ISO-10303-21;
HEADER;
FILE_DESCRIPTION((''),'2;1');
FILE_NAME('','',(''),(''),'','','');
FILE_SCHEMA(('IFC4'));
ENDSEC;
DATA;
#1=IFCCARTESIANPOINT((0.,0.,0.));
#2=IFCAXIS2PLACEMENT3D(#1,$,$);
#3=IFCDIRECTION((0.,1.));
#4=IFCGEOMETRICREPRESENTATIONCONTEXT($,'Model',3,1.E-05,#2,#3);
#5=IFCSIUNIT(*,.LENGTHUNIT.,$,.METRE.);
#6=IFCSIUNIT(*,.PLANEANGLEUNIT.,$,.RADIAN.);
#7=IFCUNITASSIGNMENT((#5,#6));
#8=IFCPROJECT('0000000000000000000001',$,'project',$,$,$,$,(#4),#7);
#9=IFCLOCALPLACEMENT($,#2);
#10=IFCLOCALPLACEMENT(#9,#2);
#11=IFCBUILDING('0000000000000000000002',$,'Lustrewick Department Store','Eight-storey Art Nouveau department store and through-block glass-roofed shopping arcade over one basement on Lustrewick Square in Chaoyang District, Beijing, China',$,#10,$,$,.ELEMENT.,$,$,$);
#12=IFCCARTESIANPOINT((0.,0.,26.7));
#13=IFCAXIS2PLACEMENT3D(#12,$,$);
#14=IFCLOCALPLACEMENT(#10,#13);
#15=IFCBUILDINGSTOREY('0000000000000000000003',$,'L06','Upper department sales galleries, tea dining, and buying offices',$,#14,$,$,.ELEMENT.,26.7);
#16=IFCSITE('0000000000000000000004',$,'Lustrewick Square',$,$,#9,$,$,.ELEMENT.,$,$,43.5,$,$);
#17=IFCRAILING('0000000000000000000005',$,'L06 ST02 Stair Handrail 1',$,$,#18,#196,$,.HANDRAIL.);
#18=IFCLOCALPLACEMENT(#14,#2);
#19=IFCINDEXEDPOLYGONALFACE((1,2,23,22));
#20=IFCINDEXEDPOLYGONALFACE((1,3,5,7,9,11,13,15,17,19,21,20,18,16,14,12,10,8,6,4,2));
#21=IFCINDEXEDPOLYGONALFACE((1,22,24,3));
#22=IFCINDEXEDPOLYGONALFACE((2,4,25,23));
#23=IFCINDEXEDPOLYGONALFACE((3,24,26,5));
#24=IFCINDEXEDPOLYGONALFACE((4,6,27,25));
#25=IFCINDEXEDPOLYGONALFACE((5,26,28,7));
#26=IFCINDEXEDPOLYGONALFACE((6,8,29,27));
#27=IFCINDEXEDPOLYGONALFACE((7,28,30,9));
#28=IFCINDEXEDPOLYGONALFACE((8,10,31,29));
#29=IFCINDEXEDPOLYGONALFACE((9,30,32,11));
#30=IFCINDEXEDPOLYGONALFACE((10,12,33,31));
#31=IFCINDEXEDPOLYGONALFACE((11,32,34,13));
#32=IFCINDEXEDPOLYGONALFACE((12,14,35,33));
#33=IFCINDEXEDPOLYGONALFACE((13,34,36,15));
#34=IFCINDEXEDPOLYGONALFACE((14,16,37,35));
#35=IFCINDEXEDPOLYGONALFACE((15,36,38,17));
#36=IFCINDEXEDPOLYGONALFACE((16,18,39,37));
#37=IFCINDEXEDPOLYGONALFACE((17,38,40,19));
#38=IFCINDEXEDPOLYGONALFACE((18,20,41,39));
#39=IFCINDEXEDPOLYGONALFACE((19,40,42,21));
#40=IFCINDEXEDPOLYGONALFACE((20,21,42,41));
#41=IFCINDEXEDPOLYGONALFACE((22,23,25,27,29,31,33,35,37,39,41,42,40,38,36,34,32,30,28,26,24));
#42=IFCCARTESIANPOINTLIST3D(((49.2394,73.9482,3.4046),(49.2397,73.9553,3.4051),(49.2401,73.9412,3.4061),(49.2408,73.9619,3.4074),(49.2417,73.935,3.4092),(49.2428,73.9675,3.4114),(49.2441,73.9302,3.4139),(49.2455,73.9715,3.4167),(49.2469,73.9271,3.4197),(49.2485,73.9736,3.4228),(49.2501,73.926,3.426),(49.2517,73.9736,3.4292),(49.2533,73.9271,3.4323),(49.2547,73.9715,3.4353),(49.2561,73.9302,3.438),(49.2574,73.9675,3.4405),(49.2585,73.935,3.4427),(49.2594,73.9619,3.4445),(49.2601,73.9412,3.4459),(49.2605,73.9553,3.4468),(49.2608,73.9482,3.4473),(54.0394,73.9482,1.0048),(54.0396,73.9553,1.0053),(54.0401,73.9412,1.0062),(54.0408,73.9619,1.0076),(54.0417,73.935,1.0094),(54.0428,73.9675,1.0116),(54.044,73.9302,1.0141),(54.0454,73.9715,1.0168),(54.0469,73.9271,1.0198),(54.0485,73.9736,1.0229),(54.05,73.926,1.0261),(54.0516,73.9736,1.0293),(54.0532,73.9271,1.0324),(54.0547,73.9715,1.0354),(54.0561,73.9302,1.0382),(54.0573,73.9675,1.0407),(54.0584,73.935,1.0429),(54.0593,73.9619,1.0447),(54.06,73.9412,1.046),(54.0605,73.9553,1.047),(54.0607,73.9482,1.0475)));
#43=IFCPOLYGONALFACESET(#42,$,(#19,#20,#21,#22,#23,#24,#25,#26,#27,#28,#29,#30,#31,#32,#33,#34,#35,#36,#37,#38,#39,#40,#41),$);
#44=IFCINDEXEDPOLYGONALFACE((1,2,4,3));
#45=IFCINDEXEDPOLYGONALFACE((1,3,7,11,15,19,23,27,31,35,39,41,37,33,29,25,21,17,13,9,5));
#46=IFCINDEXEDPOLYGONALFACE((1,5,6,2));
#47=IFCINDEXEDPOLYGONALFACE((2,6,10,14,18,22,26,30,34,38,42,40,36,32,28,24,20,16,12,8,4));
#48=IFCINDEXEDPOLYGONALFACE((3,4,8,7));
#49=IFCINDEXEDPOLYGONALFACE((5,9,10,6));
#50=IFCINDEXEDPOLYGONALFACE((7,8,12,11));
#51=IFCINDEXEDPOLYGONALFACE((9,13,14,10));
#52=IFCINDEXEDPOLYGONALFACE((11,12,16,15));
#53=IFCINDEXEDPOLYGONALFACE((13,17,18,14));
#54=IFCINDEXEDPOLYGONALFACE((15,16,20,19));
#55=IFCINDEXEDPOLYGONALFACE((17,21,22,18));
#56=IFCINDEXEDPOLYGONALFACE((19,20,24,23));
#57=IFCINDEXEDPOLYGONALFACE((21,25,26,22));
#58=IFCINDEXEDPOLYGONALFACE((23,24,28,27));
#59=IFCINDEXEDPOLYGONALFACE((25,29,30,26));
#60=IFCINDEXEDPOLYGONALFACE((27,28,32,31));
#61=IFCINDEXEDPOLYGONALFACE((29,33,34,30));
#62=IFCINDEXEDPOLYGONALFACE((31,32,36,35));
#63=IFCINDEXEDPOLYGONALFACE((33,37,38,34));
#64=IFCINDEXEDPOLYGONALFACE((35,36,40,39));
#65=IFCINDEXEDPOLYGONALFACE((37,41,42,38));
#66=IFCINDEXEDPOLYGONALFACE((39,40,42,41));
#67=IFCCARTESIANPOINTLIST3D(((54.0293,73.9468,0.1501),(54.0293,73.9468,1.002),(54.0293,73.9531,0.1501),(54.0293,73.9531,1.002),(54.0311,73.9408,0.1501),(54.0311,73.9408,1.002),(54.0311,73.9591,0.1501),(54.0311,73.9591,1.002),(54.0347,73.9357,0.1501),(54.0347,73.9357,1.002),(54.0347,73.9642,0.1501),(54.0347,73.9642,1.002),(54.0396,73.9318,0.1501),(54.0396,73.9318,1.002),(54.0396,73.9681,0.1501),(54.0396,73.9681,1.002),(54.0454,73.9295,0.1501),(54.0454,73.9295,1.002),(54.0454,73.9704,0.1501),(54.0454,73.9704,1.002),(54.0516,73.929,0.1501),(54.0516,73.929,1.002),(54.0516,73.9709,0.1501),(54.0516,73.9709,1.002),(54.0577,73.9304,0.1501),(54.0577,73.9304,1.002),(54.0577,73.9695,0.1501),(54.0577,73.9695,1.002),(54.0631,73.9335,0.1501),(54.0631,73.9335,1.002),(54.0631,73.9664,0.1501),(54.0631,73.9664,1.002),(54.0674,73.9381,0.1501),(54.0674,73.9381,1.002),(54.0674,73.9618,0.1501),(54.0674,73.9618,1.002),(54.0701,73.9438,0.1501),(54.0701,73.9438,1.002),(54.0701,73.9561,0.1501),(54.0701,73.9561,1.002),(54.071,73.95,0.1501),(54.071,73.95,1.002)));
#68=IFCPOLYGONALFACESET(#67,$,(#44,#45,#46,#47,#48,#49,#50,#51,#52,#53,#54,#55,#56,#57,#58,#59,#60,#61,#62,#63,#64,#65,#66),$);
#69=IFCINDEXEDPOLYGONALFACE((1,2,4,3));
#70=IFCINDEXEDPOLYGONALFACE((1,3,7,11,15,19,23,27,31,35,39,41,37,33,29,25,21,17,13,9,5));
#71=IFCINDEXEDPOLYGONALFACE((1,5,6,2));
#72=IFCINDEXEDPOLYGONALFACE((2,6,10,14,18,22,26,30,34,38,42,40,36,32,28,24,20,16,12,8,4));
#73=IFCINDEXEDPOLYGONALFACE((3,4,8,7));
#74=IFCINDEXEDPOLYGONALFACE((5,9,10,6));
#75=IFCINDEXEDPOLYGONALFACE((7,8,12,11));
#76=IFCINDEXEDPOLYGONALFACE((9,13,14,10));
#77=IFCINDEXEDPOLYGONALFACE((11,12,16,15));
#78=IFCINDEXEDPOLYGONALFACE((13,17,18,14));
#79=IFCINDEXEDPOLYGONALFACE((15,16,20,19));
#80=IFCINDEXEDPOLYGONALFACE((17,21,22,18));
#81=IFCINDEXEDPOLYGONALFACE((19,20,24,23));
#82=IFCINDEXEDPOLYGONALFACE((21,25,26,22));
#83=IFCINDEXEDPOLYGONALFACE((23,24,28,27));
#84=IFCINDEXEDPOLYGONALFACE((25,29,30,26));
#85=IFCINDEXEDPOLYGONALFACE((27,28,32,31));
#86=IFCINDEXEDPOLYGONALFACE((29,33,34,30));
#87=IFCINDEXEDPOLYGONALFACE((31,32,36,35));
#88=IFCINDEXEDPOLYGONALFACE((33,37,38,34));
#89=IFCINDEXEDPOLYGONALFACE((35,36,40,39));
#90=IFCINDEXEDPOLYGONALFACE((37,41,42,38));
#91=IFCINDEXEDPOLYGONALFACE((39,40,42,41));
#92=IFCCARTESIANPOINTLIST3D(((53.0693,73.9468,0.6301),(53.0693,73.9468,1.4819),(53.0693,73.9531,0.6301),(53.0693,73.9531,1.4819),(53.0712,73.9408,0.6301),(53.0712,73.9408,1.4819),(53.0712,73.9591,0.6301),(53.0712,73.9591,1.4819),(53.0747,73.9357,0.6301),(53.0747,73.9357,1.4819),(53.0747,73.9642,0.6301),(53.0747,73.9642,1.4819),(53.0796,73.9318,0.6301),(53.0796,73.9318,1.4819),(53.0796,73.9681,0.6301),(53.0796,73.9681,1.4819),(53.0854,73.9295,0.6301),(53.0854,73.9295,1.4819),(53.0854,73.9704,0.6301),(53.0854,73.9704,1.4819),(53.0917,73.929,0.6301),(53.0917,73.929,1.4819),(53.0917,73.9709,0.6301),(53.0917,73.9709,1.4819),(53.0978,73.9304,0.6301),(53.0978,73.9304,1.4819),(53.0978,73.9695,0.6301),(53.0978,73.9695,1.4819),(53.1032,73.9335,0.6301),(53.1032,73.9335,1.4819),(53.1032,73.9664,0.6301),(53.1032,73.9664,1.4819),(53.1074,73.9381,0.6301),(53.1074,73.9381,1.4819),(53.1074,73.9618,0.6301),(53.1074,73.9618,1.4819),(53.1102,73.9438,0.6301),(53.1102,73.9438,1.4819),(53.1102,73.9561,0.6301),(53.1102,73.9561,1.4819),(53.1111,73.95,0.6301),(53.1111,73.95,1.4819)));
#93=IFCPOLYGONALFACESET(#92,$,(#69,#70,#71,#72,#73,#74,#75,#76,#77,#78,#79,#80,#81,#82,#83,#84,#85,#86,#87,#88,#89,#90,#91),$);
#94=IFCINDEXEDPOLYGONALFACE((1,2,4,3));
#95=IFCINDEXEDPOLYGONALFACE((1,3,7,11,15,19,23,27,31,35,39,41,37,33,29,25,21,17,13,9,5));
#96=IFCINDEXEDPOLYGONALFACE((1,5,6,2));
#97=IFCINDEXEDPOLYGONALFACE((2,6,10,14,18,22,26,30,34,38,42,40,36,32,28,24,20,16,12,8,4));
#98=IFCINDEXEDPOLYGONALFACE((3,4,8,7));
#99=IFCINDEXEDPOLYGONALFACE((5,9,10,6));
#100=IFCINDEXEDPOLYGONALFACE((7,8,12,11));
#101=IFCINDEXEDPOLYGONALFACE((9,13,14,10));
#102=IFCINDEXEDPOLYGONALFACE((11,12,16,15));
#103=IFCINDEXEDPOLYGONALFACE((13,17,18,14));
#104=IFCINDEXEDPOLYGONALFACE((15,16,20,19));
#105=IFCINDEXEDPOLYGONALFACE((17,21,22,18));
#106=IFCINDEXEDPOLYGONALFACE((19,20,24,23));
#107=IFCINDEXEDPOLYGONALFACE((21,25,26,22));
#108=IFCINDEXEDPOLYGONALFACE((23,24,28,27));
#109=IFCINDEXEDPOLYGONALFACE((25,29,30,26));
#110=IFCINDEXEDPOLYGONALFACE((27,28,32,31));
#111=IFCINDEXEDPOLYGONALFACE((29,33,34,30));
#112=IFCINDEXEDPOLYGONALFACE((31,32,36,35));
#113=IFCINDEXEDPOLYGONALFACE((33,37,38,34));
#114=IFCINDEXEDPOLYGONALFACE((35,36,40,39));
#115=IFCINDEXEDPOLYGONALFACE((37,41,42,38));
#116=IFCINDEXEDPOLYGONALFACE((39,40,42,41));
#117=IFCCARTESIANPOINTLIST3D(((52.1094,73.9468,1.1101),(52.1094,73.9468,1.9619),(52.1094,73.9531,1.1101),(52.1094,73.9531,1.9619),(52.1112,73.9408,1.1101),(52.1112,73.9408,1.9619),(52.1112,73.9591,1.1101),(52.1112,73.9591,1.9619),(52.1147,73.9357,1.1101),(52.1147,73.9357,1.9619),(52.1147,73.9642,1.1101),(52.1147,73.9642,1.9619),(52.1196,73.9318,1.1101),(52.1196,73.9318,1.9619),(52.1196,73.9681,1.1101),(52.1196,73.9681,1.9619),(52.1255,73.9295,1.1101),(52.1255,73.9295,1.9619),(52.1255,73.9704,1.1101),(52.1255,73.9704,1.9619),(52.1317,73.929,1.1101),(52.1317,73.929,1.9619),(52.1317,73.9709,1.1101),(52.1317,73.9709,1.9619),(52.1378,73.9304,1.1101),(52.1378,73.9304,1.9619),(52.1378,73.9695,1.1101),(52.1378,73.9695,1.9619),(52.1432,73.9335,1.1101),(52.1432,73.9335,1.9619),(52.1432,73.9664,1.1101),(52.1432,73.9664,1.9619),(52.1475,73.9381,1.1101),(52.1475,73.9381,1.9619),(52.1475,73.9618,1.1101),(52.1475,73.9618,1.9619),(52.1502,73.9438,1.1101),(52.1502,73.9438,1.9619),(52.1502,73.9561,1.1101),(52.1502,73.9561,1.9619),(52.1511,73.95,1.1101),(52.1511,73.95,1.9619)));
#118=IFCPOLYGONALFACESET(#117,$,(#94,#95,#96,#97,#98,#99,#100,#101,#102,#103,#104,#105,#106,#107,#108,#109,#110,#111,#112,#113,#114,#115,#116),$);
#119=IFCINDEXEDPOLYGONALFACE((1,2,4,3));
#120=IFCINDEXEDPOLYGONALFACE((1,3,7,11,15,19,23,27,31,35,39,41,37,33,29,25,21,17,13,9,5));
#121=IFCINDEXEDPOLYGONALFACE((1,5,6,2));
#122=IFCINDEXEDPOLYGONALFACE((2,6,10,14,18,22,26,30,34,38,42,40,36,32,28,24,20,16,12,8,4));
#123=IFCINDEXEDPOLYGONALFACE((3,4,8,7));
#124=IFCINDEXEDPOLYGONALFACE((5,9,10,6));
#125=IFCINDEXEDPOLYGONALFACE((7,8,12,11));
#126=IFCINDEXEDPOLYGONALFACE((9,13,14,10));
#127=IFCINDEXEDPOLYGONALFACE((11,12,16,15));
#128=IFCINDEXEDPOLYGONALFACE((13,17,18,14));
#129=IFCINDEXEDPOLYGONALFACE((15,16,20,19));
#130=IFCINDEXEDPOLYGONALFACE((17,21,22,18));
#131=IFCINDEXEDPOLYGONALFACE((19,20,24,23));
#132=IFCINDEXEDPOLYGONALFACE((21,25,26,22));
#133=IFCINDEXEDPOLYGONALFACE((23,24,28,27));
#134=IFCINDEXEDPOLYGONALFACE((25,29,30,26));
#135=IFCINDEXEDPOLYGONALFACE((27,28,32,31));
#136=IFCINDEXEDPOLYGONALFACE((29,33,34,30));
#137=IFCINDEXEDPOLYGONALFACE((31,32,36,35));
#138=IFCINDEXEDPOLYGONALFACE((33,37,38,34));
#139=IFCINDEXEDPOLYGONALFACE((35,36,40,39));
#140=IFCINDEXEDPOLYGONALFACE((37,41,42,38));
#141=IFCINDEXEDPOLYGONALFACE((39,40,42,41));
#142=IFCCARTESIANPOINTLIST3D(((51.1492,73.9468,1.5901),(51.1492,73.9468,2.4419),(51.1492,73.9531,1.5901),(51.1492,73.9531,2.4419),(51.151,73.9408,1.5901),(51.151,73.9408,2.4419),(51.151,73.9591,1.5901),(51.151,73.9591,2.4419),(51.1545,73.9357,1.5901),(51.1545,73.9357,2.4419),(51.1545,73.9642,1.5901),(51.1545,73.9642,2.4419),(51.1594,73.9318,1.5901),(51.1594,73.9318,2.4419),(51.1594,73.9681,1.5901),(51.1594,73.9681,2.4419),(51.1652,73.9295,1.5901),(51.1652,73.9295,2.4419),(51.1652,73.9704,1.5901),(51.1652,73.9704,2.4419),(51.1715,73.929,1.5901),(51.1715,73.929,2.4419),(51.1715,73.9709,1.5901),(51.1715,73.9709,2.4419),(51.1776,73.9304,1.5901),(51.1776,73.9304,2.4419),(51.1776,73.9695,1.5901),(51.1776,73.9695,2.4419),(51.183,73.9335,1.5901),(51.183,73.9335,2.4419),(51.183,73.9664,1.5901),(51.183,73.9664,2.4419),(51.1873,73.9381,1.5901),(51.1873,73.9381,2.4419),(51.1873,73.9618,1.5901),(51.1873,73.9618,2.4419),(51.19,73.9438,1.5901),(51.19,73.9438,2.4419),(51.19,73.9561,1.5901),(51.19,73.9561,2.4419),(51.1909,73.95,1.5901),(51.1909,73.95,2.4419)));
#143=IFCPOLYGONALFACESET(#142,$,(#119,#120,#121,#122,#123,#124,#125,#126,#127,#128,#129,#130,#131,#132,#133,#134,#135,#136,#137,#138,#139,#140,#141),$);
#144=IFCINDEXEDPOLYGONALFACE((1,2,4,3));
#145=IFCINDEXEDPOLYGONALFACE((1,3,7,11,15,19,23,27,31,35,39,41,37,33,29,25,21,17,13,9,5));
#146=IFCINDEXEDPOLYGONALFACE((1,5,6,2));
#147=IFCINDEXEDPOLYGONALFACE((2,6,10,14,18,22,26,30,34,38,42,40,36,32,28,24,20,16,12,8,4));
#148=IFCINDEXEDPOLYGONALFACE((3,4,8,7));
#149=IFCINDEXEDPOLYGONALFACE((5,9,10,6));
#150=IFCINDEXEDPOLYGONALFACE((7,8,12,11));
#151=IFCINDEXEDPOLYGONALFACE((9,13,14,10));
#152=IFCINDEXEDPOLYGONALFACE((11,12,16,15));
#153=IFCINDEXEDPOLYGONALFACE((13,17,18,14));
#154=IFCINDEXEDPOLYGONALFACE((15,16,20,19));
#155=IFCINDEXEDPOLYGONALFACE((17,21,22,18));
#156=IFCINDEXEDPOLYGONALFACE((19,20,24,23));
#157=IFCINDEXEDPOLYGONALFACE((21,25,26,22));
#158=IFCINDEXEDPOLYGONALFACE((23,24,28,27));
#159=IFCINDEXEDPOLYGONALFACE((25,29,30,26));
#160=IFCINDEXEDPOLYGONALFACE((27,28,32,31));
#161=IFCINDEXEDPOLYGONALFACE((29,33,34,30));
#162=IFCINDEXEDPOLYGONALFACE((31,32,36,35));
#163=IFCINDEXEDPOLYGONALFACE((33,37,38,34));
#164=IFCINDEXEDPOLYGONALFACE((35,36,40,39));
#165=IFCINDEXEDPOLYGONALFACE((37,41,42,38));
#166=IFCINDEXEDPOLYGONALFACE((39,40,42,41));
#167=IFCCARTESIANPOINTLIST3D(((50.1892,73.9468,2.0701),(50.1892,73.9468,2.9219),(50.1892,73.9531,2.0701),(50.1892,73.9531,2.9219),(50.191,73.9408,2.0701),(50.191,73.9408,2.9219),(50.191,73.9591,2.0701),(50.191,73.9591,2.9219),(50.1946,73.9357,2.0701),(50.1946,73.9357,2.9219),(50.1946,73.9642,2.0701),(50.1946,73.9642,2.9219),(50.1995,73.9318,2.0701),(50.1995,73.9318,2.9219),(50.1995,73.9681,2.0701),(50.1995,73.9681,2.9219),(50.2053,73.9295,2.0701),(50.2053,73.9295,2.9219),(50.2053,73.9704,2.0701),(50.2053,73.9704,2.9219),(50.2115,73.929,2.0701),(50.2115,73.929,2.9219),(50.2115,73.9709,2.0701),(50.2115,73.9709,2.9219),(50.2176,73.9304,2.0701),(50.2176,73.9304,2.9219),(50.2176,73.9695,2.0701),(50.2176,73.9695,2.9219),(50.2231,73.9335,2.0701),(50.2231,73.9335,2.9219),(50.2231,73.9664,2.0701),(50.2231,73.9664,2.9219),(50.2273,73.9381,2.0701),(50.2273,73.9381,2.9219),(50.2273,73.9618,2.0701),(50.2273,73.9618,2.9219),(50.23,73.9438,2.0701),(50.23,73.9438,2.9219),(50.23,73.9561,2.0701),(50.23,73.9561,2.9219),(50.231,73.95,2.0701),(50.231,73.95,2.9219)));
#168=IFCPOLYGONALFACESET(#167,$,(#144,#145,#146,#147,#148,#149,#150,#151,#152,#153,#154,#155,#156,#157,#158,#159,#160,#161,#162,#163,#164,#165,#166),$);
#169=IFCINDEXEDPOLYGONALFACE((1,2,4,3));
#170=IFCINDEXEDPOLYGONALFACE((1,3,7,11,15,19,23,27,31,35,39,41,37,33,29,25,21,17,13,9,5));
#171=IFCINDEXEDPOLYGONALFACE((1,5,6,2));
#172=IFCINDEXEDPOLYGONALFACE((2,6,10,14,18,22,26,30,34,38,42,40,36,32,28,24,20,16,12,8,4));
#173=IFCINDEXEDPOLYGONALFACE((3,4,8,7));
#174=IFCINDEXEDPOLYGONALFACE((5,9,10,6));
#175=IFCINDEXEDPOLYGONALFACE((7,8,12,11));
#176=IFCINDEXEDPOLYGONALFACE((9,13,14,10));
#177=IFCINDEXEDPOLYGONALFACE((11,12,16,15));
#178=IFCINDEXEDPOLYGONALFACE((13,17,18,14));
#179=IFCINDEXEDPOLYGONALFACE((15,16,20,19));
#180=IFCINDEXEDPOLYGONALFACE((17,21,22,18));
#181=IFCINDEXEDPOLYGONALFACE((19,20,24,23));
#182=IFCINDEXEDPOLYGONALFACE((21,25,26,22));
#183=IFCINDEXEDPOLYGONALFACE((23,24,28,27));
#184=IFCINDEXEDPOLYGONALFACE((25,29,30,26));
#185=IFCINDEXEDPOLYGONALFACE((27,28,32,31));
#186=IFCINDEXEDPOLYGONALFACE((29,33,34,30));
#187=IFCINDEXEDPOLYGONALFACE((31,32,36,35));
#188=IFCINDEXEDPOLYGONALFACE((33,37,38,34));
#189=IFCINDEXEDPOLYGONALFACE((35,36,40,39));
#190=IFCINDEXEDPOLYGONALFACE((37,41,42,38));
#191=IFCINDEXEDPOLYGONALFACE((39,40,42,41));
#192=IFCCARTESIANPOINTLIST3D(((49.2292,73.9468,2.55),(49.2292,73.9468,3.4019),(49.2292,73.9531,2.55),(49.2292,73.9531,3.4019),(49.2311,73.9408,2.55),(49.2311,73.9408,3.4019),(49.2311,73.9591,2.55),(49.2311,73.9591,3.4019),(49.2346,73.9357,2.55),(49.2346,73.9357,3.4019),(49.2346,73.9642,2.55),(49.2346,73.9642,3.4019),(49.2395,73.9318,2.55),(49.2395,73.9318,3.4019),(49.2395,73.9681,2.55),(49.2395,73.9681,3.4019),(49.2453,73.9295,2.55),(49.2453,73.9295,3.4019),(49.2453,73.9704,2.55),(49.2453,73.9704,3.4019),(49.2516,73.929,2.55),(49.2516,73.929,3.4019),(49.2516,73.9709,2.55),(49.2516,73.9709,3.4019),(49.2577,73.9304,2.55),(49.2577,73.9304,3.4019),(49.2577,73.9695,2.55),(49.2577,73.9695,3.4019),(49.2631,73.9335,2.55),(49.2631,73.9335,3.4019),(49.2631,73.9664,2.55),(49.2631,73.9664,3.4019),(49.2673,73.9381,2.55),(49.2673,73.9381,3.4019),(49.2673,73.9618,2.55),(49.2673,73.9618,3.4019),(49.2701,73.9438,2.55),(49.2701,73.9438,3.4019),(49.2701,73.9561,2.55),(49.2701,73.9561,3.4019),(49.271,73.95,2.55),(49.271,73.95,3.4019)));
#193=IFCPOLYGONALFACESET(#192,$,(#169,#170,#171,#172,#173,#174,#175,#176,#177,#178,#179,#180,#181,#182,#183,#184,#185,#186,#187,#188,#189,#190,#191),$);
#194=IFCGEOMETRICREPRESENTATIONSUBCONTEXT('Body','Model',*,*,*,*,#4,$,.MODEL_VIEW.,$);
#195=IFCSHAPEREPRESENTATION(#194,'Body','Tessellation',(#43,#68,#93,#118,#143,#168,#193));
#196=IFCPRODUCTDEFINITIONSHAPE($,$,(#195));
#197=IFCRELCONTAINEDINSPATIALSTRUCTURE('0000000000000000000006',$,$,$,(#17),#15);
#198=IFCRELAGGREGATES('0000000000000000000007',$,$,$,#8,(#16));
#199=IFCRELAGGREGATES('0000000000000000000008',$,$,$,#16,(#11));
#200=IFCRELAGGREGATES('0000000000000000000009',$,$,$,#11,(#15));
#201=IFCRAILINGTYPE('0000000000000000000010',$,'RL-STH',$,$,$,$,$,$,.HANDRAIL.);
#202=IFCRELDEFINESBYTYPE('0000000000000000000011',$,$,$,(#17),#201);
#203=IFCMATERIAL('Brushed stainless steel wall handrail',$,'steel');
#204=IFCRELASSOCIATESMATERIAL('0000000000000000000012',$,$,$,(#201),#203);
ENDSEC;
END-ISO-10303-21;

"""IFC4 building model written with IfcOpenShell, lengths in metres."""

from ifc_helpers import new_model, si_unit, direction, frame, origin, origin_2d, place, context, subcontext, project, spatial, circle, extrude, material, type_object, element, save


model = new_model("IFC4")

# Units and contexts
model_context = context("Model", 3, precision=1e-05, world=origin(), true_north=direction((0.0, 1.0)))
body_context = subcontext(model_context, "Body", "Model", "MODEL_VIEW")
ifc_project = project(units=[si_unit("LENGTHUNIT", "METRE"), si_unit("PLANEANGLEUNIT", "RADIAN")], contexts=[model_context])

# Site, building, storey
site_placement = place(None, origin())
site = spatial("IfcSite", under=ifc_project, at=site_placement, Name="Lustrewick Square", CompositionType="ELEMENT", RefElevation=43.5)
building_placement = place(site_placement, origin())
building = spatial("IfcBuilding", under=site, at=building_placement, Name="Lustrewick Department Store", Description="Eight-storey Art Nouveau department store and through-block glass-roofed shopping arcade over one basement on Lustrewick Square in Chaoyang District, Beijing, China", CompositionType="ELEMENT")
storey_placement = place(building_placement, frame((0.0, 0.0, 26.7)))
storey = spatial("IfcBuildingStorey", under=building, at=storey_placement, Name="L06", Description="Upper department sales galleries, tea dining, and buying offices", CompositionType="ELEMENT", Elevation=26.7)

# Railing
ifc_material_1 = material(Name="Brushed stainless steel wall handrail", Category="steel")
railing_type_1 = type_object("IfcRailingType", Name="RL-STH", PredefinedType="HANDRAIL", material=ifc_material_1)
railing_1_placement = place(storey_placement, frame((54.05, 73.95, 0.1501)))
element("IfcRailing", 1, at=railing_1_placement, inside=storey, type_object=railing_type_1, Name="L06 ST02 Stair Handrail 1", PredefinedType="HANDRAIL", context=body_context, shape_type="SweptSolid", body=[
    extrude(circle(Radius=0.0239, at=origin_2d()), frame((0.0, 0.0, 0.876), z_axis=(-0.894436, 0.0, 0.447195), x_axis=(0.0, -1.0, 0.0)), (0.0, 0.0, 1.0), 5.3665),
    extrude(circle(Radius=0.021, at=origin_2d()), origin(), (0.0, 0.0, 1.0), 0.8518),
    extrude(circle(Radius=0.021, at=origin_2d()), frame((-0.96, 0.0, 0.48)), (0.0, 0.0, 1.0), 0.8518),
    extrude(circle(Radius=0.021, at=origin_2d()), frame((-1.9199, 0.0, 0.96)), (0.0, 0.0, 1.0), 0.8518),
    extrude(circle(Radius=0.021, at=origin_2d()), frame((-2.8801, 0.0, 1.4399)), (0.0, 0.0, 1.0), 0.8518),
    extrude(circle(Radius=0.021, at=origin_2d()), frame((-3.8401, 0.0, 1.9199)), (0.0, 0.0, 1.0), 0.8518),
    extrude(circle(Radius=0.021, at=origin_2d()), frame((-4.8, 0.0, 2.3999)), (0.0, 0.0, 1.0), 0.8518),
])

save(model, "model.ifc")
